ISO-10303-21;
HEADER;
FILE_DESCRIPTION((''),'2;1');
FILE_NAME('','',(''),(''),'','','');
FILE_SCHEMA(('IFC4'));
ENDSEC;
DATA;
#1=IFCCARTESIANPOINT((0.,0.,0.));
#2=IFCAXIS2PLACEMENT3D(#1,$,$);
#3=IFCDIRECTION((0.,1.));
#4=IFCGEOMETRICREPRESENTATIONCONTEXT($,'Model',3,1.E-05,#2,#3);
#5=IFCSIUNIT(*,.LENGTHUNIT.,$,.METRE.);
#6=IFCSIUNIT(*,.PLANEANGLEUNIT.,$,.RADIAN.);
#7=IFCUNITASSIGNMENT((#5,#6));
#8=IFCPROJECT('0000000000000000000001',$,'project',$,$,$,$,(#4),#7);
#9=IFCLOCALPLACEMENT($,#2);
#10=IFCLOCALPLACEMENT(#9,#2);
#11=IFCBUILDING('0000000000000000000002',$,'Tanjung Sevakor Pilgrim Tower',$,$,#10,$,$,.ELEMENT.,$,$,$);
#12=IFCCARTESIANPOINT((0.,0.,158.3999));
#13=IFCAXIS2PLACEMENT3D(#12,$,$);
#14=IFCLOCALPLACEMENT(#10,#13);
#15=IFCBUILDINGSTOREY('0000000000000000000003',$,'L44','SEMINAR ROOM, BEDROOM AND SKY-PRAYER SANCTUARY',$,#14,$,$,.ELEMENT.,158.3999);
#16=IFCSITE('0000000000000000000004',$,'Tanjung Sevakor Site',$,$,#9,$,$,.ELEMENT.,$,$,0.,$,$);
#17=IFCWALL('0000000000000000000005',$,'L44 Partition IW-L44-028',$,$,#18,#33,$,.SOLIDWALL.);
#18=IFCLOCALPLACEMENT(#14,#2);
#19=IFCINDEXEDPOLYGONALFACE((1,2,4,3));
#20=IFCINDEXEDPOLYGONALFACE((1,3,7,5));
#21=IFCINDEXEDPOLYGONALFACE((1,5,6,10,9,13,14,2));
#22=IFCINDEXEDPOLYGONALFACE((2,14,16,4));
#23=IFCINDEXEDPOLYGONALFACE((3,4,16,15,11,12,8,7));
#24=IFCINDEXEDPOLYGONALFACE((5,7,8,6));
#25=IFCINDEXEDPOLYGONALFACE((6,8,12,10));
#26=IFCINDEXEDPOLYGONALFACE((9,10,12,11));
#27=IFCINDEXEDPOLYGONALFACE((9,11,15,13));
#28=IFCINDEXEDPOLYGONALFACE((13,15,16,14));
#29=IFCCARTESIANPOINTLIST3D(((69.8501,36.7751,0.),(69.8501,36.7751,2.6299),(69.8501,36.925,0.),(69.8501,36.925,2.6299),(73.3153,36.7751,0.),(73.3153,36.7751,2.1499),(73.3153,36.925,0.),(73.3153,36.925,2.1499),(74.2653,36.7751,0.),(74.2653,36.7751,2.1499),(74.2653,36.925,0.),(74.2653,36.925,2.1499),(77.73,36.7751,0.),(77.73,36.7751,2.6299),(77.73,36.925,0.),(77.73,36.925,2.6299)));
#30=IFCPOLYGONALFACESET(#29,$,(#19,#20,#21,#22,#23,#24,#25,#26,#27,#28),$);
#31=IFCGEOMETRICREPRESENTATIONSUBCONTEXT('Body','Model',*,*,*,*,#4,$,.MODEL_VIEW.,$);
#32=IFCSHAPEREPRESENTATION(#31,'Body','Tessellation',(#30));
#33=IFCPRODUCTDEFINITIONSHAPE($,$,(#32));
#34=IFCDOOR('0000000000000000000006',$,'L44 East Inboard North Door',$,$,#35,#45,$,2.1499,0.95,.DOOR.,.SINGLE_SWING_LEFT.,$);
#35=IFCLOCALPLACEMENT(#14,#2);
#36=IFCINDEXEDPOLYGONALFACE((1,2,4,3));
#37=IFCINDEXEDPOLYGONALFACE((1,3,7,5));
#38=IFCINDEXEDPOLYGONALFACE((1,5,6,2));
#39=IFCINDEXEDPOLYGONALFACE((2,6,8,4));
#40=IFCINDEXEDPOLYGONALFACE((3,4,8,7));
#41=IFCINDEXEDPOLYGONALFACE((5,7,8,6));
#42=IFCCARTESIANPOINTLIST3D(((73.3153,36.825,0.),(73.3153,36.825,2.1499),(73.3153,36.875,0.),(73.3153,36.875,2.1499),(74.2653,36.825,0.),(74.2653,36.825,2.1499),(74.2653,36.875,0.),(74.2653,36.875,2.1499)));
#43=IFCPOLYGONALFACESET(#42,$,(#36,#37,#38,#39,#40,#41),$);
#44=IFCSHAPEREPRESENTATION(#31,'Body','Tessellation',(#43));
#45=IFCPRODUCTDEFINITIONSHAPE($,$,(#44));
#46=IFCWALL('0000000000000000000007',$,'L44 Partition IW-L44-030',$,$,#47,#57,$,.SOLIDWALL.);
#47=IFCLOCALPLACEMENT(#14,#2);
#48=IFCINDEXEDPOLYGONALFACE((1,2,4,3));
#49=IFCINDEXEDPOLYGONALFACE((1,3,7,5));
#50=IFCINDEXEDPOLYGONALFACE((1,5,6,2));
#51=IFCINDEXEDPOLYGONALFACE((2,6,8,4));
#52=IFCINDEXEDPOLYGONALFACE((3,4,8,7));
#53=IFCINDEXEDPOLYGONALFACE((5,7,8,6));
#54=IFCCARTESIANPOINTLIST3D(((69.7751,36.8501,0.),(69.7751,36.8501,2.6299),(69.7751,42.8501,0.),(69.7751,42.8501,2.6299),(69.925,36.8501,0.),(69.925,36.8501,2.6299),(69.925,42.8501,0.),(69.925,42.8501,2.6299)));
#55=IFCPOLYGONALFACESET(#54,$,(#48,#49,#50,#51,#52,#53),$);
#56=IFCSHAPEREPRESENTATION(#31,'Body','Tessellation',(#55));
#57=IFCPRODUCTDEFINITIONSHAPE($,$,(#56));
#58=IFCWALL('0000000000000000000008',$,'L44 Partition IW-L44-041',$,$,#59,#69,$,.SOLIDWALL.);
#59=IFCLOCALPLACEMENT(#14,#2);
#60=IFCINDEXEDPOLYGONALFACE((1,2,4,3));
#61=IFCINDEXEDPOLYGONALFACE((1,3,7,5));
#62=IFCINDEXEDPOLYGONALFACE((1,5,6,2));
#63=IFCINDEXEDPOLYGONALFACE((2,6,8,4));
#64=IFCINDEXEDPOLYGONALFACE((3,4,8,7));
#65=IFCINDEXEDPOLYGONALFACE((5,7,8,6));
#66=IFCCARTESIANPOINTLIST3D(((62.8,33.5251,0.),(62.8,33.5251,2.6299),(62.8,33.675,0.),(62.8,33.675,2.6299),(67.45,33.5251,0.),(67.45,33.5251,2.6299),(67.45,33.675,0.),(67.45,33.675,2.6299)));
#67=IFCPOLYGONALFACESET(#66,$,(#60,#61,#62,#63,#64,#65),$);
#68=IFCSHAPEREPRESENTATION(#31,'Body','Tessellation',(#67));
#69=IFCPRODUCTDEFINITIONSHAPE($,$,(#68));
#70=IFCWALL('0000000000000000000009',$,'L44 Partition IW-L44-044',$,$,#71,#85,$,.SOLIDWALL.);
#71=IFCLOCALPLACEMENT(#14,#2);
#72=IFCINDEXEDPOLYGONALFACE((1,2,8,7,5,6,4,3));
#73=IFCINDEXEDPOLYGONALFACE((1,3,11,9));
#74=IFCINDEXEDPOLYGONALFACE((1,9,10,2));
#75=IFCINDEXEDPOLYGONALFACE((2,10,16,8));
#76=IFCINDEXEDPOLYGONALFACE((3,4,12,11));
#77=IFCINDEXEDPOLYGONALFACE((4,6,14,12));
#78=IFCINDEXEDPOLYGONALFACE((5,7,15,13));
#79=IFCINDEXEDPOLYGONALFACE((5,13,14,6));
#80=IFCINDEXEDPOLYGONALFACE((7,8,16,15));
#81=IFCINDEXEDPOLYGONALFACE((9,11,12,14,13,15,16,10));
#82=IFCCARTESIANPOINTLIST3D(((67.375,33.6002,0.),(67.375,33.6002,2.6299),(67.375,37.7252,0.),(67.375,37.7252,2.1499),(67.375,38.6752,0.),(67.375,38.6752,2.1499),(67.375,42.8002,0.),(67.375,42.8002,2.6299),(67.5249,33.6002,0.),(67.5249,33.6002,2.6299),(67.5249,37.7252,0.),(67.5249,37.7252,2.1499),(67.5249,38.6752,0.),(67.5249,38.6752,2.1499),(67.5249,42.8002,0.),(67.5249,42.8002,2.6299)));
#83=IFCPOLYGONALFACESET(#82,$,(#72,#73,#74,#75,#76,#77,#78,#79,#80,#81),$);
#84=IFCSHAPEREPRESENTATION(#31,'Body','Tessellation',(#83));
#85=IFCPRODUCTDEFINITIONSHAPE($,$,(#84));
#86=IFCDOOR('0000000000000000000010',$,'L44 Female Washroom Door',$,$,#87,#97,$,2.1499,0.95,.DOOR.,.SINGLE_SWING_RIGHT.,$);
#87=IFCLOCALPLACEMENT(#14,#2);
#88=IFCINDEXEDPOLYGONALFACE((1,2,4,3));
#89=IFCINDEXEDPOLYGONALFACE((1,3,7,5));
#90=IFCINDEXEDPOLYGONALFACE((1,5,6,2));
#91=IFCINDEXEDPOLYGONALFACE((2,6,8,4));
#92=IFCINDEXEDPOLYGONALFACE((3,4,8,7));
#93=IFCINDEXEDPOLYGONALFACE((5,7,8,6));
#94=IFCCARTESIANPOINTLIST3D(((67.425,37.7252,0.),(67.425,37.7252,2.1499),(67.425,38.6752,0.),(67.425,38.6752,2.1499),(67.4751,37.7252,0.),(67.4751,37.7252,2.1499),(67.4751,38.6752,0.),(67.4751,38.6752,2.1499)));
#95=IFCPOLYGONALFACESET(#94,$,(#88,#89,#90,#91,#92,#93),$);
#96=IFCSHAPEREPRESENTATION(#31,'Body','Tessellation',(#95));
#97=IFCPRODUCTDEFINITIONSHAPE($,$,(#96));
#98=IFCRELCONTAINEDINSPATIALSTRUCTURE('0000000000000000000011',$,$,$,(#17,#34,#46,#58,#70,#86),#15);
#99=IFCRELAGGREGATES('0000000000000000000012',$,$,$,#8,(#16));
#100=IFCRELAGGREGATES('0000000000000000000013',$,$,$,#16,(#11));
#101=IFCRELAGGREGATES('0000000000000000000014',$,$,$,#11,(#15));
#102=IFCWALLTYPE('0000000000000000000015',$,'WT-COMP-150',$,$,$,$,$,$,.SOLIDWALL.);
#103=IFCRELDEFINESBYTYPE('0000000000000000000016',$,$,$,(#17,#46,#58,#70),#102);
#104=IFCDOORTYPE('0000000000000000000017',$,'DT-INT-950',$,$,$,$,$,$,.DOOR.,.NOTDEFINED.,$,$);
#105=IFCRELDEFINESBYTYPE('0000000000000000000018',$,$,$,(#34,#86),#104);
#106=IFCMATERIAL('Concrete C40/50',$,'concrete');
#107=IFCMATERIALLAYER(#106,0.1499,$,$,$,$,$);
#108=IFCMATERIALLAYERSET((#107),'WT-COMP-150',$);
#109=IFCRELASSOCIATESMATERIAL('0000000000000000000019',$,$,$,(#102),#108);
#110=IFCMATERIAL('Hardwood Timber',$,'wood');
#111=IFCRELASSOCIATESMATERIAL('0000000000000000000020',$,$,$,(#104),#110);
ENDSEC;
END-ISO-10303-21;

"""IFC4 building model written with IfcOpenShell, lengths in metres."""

from ifc_helpers import new_model, si_unit, direction, frame, frame_2d, origin, place, context, subcontext, project, spatial, rectangle, extrude, material, layer, layer_set, type_object, element, fill, save


model = new_model("IFC4")

# Units and contexts
model_context = context("Model", 3, precision=1e-05, world=origin(), true_north=direction((0.0, 1.0)))
body_context = subcontext(model_context, "Body", "Model", "MODEL_VIEW")
ifc_project = project(units=[si_unit("LENGTHUNIT", "METRE"), si_unit("PLANEANGLEUNIT", "RADIAN")], contexts=[model_context])

# Site, building, storey
site_placement = place(None, origin())
site = spatial("IfcSite", under=ifc_project, at=site_placement, Name="Tanjung Sevakor Site", CompositionType="ELEMENT", RefElevation=0.0)
building_placement = place(site_placement, origin())
building = spatial("IfcBuilding", under=site, at=building_placement, Name="Tanjung Sevakor Pilgrim Tower", CompositionType="ELEMENT")
storey_placement = place(building_placement, frame((0.0, 0.0, 158.3999)))
storey = spatial("IfcBuildingStorey", under=building, at=storey_placement, Name="L44", Description="SEMINAR ROOM, BEDROOM AND SKY-PRAYER SANCTUARY", CompositionType="ELEMENT", Elevation=158.3999)

# Wall, opening, door
ifc_material_1 = material(Name="Concrete C40/50", Category="concrete")
ifc_layer_1 = layer(ifc_material_1, 0.1499)
ifc_layer_set_1 = layer_set([ifc_layer_1], Name="WT-COMP-150")
wall_type_1 = type_object("IfcWallType", Name="WT-COMP-150", PredefinedType="SOLIDWALL", material=ifc_layer_set_1)
ifc_material_2 = material(Name="Hardwood Timber", Category="wood")
door_type = type_object("IfcDoorType", Name="DT-INT-950", OperationType="NOTDEFINED", PredefinedType="DOOR", material=ifc_material_2)
wall_1_placement = place(storey_placement, frame((69.8501, 36.8501, 0.0), z_axis=(0.0, 0.0, 1.0), x_axis=(1.0, 0.0, 0.0)))
wall_1 = element("IfcWall", 1, at=wall_1_placement, inside=storey, type_object=wall_type_1, Name="L44 Partition IW-L44-028", PredefinedType="SOLIDWALL", context=body_context, shape_type="SweptSolid", body=[
    extrude(rectangle(XDim=7.8799, YDim=0.1499, at=frame_2d((3.9399, 0.0))), origin(), (0.0, 0.0, 1.0), 2.6299),
])
opening_1_placement = place(wall_1_placement, frame((3.4651, 0.0, 0.0)))
opening_1 = element("IfcOpeningElement", 2, at=opening_1_placement, cuts=wall_1, PredefinedType="OPENING", context=body_context, shape_type="SweptSolid", body=[
    extrude(rectangle(XDim=0.95, YDim=2.1499, at=frame_2d((0.4751, 1.075))), frame((0.0, 0.085, 0.0), z_axis=(0.0, -1.0, 0.0), x_axis=(1.0, 0.0, 0.0)), (0.0, 0.0, 1.0), 0.1699),
])
door_1_placement = place(opening_1_placement, origin())
door_1 = element("IfcDoor", 3, at=door_1_placement, inside=storey, type_object=door_type, Name="L44 East Inboard North Door", OperationType="SINGLE_SWING_LEFT", OverallHeight=2.1499, OverallWidth=0.95, PredefinedType="DOOR", context=body_context, shape_type="SweptSolid", body=[
    extrude(rectangle(XDim=0.95, YDim=2.1499, at=frame_2d((0.4751, 1.075))), frame((0.0, 0.0249, 0.0), z_axis=(0.0, -1.0, 0.0), x_axis=(1.0, 0.0, 0.0)), (0.0, 0.0, 1.0), 0.05),
])
fill(opening_1, door_1)

# Walls
wall_2_placement = place(storey_placement, frame((69.8501, 36.8501, 0.0), z_axis=(0.0, 0.0, 1.0), x_axis=(0.0, 1.0, 0.0)))
element("IfcWall", 4, at=wall_2_placement, inside=storey, type_object=wall_type_1, Name="L44 Partition IW-L44-030", PredefinedType="SOLIDWALL", context=body_context, shape_type="SweptSolid", body=[
    extrude(rectangle(XDim=6.0, YDim=0.1499, at=frame_2d((3.0, 0.0))), origin(), (0.0, 0.0, 1.0), 2.6299),
])
wall_3_placement = place(storey_placement, frame((62.8, 33.6001, 0.0), z_axis=(0.0, 0.0, 1.0), x_axis=(1.0, 0.0, 0.0)))
element("IfcWall", 5, at=wall_3_placement, inside=storey, type_object=wall_type_1, Name="L44 Partition IW-L44-041", PredefinedType="SOLIDWALL", context=body_context, shape_type="SweptSolid", body=[
    extrude(rectangle(XDim=4.6499, YDim=0.1499, at=frame_2d((2.325, 0.0))), origin(), (0.0, 0.0, 1.0), 2.6299),
])

# Wall, opening, door
wall_4_placement = place(storey_placement, frame((67.45, 33.6001, 0.0), z_axis=(0.0, 0.0, 1.0), x_axis=(0.0, 1.0, 0.0)))
wall_4 = element("IfcWall", 6, at=wall_4_placement, inside=storey, type_object=wall_type_1, Name="L44 Partition IW-L44-044", PredefinedType="SOLIDWALL", context=body_context, shape_type="SweptSolid", body=[
    extrude(rectangle(XDim=9.2, YDim=0.1499, at=frame_2d((4.6001, 0.0))), origin(), (0.0, 0.0, 1.0), 2.6299),
])
opening_2_placement = place(wall_4_placement, frame((4.125, 0.0, 0.0)))
opening_2 = element("IfcOpeningElement", 7, at=opening_2_placement, cuts=wall_4, PredefinedType="OPENING", context=body_context, shape_type="SweptSolid", body=[
    extrude(rectangle(XDim=0.95, YDim=2.1499, at=frame_2d((0.4751, 1.075))), frame((0.0, 0.085, 0.0), z_axis=(0.0, -1.0, 0.0), x_axis=(1.0, 0.0, 0.0)), (0.0, 0.0, 1.0), 0.1699),
])
door_2_placement = place(opening_2_placement, origin())
door_2 = element("IfcDoor", 8, at=door_2_placement, inside=storey, type_object=door_type, Name="L44 Female Washroom Door", OperationType="SINGLE_SWING_RIGHT", OverallHeight=2.1499, OverallWidth=0.95, PredefinedType="DOOR", context=body_context, shape_type="SweptSolid", body=[
    extrude(rectangle(XDim=0.95, YDim=2.1499, at=frame_2d((0.4751, 1.075))), frame((0.0, 0.0249, 0.0), z_axis=(0.0, -1.0, 0.0), x_axis=(1.0, 0.0, 0.0)), (0.0, 0.0, 1.0), 0.05),
])
fill(opening_2, door_2)

save(model, "model.ifc")
